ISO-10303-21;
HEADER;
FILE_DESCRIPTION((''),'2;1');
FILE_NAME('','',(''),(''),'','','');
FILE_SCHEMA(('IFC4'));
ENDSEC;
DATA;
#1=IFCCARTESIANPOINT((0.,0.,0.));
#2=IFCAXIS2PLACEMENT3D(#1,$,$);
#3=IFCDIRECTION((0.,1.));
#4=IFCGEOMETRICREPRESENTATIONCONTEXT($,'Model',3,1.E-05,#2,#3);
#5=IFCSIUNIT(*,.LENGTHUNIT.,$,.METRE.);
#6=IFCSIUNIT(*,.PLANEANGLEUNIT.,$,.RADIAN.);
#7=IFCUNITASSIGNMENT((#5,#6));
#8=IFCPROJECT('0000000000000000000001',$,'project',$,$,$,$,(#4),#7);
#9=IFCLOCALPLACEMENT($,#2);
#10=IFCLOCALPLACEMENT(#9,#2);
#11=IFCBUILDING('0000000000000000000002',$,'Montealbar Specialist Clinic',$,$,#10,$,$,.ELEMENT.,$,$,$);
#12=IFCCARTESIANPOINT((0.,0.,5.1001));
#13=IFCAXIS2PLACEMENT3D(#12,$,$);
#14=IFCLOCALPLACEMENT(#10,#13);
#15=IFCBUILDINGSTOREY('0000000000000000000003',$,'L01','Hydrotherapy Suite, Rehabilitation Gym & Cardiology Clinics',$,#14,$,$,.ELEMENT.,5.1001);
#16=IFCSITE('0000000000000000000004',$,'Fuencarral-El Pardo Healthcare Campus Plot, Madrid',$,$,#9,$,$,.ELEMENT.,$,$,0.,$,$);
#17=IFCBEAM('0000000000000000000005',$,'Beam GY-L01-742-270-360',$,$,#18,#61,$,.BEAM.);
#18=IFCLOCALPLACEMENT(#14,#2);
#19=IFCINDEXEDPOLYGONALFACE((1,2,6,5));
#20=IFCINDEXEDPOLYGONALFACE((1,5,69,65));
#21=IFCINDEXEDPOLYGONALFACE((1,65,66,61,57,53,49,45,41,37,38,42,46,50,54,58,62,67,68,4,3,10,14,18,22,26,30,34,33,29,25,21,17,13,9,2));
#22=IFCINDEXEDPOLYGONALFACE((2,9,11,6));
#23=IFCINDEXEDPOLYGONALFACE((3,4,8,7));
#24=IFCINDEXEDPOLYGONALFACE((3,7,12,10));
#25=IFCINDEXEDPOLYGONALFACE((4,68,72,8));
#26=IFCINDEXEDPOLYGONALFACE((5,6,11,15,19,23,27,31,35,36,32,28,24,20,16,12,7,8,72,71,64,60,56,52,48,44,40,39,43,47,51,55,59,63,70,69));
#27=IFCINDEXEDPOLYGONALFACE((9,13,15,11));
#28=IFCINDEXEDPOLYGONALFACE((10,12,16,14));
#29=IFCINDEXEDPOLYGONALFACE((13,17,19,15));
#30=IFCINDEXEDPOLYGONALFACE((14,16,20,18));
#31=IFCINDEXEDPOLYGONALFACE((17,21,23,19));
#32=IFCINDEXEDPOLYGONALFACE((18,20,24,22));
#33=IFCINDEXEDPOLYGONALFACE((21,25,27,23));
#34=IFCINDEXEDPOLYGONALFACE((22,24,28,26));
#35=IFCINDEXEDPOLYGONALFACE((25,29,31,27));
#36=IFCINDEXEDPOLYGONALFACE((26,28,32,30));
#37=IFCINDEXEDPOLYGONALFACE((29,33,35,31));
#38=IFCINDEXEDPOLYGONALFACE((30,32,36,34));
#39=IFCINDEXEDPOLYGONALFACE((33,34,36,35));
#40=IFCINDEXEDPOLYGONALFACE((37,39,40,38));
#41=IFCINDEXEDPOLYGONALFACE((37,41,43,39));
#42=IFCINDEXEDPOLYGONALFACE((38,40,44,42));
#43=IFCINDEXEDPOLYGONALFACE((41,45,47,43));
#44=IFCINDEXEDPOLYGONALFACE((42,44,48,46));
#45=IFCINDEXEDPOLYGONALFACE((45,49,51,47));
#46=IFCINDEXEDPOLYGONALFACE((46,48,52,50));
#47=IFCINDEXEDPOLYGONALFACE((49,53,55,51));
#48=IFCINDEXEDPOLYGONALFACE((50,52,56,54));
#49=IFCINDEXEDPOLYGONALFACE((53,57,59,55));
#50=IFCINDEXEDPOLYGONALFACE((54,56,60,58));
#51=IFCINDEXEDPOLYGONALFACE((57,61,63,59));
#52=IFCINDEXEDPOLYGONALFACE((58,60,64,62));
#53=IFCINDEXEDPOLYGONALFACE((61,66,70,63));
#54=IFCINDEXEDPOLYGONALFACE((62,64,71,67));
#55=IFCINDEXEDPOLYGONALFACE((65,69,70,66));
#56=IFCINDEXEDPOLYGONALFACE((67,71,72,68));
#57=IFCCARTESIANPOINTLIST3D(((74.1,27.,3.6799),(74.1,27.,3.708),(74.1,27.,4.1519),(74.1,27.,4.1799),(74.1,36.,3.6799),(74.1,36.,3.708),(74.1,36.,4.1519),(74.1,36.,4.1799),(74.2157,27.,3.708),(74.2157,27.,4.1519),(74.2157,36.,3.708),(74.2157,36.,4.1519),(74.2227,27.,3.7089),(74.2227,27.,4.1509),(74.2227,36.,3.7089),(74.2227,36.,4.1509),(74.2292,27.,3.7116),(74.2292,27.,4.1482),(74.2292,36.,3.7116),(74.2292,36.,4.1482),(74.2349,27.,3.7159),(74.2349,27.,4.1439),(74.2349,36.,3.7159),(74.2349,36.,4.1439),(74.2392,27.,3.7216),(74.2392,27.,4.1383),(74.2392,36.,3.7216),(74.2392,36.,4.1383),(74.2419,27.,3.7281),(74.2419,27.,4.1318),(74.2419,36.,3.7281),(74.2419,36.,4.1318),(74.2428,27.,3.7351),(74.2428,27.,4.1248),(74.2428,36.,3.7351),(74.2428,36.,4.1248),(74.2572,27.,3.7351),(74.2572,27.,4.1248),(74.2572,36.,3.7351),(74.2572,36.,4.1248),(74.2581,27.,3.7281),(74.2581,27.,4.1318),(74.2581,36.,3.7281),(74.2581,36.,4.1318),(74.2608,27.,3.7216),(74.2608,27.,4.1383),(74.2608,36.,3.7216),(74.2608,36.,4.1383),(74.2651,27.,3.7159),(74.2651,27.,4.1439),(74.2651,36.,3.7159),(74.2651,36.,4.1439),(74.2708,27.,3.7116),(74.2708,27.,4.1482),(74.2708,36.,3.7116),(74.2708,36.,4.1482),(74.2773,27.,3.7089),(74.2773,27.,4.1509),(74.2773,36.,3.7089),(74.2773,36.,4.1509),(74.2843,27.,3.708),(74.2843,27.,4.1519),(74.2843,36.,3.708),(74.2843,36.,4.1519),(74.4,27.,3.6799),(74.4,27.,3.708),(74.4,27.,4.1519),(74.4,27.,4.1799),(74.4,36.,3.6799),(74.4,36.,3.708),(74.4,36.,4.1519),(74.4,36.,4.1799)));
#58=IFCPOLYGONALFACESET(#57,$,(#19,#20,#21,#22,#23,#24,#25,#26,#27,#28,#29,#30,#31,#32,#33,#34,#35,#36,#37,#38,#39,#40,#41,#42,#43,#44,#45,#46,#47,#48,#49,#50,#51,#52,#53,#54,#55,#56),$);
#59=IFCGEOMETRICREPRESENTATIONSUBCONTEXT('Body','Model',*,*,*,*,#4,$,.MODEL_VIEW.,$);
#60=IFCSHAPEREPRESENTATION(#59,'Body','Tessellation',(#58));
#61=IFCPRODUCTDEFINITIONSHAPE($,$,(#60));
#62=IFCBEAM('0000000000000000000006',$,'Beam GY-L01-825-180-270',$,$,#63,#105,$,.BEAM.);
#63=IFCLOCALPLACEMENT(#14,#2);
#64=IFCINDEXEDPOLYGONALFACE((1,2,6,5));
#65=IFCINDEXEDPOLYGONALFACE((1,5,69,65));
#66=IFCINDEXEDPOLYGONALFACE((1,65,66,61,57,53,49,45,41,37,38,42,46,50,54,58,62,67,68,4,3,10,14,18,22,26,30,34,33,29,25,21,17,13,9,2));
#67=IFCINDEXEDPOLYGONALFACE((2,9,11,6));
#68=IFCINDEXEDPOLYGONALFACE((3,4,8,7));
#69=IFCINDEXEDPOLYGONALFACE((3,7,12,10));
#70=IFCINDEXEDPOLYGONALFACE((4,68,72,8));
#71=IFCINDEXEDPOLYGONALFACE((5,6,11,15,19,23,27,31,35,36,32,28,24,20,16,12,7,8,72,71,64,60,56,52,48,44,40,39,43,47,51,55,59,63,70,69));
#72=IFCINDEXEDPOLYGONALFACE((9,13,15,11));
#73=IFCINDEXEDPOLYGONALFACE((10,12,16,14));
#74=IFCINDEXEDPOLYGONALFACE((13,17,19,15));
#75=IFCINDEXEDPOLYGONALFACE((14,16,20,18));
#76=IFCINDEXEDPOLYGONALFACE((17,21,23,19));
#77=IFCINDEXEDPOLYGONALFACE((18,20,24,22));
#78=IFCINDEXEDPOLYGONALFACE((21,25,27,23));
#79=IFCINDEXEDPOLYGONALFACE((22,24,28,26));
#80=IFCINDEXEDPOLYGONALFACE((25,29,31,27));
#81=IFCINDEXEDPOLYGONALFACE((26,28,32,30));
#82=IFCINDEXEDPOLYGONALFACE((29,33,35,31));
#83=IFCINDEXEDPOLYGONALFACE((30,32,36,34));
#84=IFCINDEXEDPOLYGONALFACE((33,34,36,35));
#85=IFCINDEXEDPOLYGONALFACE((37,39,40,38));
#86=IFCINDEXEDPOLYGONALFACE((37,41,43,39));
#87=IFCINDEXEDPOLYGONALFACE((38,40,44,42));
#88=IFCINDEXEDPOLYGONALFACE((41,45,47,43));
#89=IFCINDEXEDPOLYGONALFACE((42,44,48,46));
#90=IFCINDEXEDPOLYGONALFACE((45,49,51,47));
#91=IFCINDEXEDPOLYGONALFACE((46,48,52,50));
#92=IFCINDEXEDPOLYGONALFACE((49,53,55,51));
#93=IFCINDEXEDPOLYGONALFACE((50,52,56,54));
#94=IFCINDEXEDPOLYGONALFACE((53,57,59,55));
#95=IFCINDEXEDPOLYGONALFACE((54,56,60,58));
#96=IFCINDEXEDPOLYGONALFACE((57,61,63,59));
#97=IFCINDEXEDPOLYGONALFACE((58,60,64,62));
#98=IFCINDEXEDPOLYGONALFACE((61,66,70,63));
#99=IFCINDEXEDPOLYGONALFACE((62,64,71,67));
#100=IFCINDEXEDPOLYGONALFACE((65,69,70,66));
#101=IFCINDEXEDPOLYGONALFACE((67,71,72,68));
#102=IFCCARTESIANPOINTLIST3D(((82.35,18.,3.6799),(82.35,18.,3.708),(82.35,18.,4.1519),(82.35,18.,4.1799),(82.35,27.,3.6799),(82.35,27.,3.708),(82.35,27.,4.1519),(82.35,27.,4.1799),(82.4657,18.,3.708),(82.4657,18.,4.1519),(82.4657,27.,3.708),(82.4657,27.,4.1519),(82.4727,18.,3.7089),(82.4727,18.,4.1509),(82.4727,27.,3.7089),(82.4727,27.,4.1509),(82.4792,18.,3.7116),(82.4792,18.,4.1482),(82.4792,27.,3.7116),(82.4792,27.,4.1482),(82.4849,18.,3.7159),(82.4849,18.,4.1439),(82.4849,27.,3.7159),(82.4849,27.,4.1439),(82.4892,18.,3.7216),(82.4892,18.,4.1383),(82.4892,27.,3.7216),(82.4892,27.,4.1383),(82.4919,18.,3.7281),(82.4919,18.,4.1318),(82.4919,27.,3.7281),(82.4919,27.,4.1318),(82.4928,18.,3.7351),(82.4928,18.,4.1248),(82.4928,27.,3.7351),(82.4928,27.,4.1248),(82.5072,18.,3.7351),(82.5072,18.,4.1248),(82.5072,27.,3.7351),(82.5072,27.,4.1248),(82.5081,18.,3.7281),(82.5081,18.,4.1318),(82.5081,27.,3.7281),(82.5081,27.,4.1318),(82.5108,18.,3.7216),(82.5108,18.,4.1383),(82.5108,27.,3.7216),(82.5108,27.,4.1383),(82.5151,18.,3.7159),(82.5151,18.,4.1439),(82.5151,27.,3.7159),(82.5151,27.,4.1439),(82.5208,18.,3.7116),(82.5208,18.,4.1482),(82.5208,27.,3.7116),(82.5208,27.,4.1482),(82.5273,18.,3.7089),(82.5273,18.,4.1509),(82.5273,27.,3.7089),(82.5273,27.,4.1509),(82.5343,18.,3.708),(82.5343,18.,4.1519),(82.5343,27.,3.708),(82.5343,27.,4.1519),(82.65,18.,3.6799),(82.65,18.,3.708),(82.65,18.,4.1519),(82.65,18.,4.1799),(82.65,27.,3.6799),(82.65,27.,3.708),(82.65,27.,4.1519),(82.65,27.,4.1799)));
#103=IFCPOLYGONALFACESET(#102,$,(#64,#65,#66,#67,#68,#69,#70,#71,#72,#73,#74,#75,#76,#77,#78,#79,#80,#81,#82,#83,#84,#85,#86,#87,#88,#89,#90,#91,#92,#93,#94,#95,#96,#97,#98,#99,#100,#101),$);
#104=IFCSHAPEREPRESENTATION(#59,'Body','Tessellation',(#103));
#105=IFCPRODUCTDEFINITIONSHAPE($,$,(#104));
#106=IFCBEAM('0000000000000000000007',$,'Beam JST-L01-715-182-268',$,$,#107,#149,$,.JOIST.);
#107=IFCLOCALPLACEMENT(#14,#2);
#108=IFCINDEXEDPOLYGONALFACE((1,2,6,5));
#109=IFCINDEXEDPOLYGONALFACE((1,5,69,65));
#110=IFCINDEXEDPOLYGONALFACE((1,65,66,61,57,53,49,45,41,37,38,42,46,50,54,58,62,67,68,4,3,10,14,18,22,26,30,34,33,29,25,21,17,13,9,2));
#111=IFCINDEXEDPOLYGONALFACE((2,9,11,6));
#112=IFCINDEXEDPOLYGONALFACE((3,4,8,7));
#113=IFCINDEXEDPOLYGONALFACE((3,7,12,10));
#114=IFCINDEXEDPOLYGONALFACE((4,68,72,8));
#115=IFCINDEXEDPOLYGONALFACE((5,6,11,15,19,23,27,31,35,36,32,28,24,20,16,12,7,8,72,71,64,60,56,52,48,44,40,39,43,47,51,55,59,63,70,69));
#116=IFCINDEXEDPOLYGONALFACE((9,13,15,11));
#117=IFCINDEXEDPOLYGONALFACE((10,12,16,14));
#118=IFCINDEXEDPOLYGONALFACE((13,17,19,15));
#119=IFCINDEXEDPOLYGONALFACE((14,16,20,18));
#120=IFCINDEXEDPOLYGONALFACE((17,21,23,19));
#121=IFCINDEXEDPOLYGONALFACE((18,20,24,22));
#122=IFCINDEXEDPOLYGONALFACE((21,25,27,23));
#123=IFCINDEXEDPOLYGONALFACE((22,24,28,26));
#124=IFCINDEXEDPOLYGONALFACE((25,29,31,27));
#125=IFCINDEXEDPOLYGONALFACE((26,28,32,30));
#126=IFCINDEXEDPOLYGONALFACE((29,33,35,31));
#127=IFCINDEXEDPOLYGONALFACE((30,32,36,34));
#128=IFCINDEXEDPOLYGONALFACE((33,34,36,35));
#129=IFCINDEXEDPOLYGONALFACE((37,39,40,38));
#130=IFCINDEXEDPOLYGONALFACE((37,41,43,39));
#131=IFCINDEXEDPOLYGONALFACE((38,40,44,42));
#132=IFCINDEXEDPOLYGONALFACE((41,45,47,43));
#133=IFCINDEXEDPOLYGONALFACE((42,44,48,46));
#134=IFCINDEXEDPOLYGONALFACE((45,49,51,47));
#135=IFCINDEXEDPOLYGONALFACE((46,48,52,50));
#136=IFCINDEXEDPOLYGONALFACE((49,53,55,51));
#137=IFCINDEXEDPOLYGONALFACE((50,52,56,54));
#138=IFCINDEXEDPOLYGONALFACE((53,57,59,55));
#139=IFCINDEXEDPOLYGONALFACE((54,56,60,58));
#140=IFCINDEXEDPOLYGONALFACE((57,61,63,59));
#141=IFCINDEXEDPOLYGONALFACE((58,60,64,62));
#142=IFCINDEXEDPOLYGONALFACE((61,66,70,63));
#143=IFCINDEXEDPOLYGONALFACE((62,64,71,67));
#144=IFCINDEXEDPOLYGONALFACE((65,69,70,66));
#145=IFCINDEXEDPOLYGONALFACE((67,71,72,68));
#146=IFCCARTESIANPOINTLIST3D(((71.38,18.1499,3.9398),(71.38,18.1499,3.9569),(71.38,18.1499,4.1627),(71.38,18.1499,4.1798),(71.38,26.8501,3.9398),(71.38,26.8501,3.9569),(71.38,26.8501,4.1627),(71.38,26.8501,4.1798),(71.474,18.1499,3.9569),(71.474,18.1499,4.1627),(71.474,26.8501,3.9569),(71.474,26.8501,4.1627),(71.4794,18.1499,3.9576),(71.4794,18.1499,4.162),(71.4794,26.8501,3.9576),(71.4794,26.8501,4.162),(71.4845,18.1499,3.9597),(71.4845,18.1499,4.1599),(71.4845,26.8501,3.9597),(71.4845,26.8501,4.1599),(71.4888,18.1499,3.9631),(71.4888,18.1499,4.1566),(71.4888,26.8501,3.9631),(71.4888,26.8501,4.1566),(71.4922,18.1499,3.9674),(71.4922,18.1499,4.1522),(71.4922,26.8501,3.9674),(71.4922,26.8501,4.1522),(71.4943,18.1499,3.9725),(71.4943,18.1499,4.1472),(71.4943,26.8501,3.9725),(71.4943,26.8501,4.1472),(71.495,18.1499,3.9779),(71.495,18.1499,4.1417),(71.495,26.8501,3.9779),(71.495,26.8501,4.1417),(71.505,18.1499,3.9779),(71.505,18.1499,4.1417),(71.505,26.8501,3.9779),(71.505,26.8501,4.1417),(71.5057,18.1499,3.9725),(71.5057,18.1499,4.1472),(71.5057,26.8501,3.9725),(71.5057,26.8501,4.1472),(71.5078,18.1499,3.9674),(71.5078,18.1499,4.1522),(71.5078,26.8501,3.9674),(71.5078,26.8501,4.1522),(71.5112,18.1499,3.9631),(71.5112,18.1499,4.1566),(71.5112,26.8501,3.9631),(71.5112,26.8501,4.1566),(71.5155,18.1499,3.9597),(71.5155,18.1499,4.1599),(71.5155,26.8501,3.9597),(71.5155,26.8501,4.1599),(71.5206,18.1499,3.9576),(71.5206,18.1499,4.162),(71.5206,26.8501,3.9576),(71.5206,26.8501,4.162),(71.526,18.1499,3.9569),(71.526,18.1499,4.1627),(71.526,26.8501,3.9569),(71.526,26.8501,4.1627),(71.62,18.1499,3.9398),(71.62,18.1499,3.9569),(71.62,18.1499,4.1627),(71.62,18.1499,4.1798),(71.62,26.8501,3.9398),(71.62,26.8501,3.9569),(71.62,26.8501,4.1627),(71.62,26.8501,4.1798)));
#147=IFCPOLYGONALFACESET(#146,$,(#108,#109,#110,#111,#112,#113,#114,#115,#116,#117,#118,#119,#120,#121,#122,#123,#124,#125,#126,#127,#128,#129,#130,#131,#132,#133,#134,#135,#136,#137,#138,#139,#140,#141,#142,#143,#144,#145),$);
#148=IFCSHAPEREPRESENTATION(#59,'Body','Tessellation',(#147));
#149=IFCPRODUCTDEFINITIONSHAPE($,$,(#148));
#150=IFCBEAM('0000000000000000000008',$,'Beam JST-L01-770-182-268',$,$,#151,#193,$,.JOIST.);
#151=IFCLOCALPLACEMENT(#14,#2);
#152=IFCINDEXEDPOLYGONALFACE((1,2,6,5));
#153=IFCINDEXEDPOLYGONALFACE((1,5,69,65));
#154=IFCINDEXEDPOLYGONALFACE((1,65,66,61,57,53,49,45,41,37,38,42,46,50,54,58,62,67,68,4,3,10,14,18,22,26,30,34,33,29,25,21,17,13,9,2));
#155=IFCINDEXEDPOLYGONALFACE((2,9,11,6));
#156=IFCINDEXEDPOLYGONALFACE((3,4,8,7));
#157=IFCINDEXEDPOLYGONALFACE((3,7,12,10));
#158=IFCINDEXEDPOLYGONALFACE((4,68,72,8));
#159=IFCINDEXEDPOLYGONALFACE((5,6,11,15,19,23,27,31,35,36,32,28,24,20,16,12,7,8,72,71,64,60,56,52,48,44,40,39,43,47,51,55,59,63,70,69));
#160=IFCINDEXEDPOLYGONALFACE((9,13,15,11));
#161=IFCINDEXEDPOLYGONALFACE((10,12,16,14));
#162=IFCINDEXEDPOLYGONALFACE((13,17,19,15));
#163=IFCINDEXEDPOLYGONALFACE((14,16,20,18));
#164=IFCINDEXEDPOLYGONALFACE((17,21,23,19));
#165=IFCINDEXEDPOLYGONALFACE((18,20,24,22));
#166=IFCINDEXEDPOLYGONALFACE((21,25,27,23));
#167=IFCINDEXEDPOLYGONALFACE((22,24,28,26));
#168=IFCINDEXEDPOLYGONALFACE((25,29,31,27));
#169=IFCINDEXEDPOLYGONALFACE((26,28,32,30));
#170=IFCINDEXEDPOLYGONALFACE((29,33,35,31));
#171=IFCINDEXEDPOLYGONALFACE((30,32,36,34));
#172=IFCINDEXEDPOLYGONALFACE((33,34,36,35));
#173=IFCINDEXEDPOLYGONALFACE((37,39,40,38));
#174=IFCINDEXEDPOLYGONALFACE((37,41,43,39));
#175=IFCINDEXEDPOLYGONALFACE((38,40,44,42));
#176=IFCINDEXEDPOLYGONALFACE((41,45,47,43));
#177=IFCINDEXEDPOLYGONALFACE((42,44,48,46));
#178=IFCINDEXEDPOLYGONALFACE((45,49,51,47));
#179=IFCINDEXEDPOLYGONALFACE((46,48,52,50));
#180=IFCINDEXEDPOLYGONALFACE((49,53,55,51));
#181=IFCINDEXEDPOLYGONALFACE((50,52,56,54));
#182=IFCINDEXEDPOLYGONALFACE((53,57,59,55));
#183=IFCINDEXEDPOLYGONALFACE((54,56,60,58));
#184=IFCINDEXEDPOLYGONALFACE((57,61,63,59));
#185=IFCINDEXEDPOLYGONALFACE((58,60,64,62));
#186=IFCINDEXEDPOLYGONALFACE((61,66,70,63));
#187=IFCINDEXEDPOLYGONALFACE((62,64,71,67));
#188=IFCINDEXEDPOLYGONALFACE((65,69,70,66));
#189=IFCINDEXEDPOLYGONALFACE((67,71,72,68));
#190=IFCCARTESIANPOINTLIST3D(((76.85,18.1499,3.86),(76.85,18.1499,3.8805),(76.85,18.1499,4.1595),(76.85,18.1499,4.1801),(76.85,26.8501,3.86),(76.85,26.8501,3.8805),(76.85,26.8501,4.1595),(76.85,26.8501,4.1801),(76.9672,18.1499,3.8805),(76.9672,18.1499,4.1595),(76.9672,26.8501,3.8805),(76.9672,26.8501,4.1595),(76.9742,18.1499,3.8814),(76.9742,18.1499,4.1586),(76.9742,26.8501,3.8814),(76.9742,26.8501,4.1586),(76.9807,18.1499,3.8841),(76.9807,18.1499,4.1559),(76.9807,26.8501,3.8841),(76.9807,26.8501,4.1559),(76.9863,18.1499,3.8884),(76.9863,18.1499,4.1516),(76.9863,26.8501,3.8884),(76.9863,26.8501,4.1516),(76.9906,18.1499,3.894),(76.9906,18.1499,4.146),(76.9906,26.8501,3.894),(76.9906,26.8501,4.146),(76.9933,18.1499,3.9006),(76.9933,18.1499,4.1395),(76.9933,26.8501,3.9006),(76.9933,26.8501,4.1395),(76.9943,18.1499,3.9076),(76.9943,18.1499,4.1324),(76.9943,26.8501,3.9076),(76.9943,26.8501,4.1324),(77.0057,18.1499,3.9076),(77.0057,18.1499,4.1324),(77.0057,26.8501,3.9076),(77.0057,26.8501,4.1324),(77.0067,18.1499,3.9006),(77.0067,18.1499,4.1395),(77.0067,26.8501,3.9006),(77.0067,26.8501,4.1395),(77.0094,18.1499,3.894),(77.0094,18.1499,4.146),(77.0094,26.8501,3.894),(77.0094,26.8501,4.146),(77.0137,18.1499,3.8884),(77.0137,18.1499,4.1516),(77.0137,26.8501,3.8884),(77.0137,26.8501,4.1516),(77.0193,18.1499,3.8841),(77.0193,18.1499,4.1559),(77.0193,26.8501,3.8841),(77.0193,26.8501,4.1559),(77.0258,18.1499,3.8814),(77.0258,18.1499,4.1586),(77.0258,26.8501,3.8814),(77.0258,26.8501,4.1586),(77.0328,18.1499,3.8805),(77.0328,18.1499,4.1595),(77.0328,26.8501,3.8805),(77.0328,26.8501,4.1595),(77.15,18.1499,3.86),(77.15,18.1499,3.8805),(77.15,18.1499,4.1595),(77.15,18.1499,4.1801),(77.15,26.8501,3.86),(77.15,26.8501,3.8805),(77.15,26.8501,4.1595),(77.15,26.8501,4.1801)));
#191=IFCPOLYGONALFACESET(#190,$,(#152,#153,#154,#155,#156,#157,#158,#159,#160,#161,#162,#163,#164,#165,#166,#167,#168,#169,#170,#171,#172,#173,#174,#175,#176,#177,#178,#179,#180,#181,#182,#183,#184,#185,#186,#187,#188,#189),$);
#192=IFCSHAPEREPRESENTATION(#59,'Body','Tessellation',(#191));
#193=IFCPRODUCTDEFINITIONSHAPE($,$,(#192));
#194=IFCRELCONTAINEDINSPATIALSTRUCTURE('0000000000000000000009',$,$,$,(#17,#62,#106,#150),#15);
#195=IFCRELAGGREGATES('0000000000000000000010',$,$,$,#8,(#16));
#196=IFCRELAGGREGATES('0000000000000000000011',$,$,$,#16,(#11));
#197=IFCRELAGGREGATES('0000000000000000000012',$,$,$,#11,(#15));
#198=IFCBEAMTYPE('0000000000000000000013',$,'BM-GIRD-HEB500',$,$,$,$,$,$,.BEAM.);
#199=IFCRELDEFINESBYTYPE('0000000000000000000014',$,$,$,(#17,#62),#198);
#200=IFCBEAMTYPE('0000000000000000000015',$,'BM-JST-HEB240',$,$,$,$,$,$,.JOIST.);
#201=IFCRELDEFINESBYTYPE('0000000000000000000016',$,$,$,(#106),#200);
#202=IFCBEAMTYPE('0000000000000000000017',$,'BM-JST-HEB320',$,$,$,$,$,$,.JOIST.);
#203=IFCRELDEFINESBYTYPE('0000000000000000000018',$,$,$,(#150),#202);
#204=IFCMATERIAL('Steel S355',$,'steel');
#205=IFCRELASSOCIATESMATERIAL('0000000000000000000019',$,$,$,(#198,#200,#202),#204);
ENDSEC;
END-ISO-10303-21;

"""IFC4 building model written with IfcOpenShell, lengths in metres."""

from ifc_helpers import new_model, si_unit, direction, frame, origin, origin_2d, place, context, subcontext, project, spatial, i_section, extrude, material, material_profile, profile_set, type_object, element, save


model = new_model("IFC4")

# Units and contexts
model_context = context("Model", 3, precision=1e-05, world=origin(), true_north=direction((0.0, 1.0)))
body_context = subcontext(model_context, "Body", "Model", "MODEL_VIEW")
ifc_project = project(units=[si_unit("LENGTHUNIT", "METRE"), si_unit("PLANEANGLEUNIT", "RADIAN")], contexts=[model_context])

# Site, building, storey
site_placement = place(None, origin())
site = spatial("IfcSite", under=ifc_project, at=site_placement, Name="Fuencarral-El Pardo Healthcare Campus Plot, Madrid", CompositionType="ELEMENT", RefElevation=0.0)
building_placement = place(site_placement, origin())
building = spatial("IfcBuilding", under=site, at=building_placement, Name="Montealbar Specialist Clinic", CompositionType="ELEMENT")
storey_placement = place(building_placement, frame((0.0, 0.0, 5.1001)))
storey = spatial("IfcBuildingStorey", under=building, at=storey_placement, Name="L01", Description="Hydrotherapy Suite, Rehabilitation Gym & Cardiology Clinics", CompositionType="ELEMENT", Elevation=5.1001)

# Shared definitions
ifc_material_1 = material(Name="Steel S355", Category="steel")

# Beams
ifc_material_profile_1 = material_profile(ifc_material_1, i_section(OverallWidth=0.3, OverallDepth=0.5, WebThickness=0.0144, FlangeThickness=0.0281, FilletRadius=0.0271, at=origin_2d()), Name="HEB 500", Category="steel")
ifc_profile_set_1 = profile_set([ifc_material_profile_1], Name="Steel S355")
beam_type_1 = type_object("IfcBeamType", Name="BM-GIRD-HEB500", PredefinedType="BEAM", material=ifc_profile_set_1)
for number, where, z_axis, x_axis, name in (
    (1, (74.25, 27.0, 3.9299), (0.0, 1.0, 0.0), (-1.0, 0.0, 0.0), "Beam GY-L01-742-270-360"),
    (2, (82.5, 18.0, 3.9299), (0.0, 1.0, 0.0), (-1.0, 0.0, 0.0), "Beam GY-L01-825-180-270"),
):
    element("IfcBeam", number, at=place(storey_placement, frame(where, z_axis=z_axis, x_axis=x_axis)), inside=storey, type_object=beam_type_1, Name=name, PredefinedType="BEAM", context=body_context, shape_type="SweptSolid", body=[
        extrude(i_section(OverallWidth=0.3, OverallDepth=0.5, WebThickness=0.0144, FlangeThickness=0.0281, FilletRadius=0.0271, at=origin_2d()), origin(), (0.0, 0.0, 1.0), 9.0),
    ])
ifc_material_profile_2 = material_profile(ifc_material_1, i_section(OverallWidth=0.24, OverallDepth=0.24, WebThickness=0.01, FlangeThickness=0.0171, FilletRadius=0.021, at=origin_2d()), Name="HEB 240", Category="steel")
ifc_profile_set_2 = profile_set([ifc_material_profile_2], Name="Steel S355")
beam_type_2 = type_object("IfcBeamType", Name="BM-JST-HEB240", PredefinedType="JOIST", material=ifc_profile_set_2)
beam_1_placement = place(storey_placement, frame((71.5, 18.1499, 4.0598), z_axis=(0.0, 1.0, 0.0), x_axis=(-1.0, 0.0, 0.0)))
element("IfcBeam", 3, at=beam_1_placement, inside=storey, type_object=beam_type_2, Name="Beam JST-L01-715-182-268", PredefinedType="JOIST", context=body_context, shape_type="SweptSolid", body=[
    extrude(i_section(OverallWidth=0.24, OverallDepth=0.24, WebThickness=0.01, FlangeThickness=0.0171, FilletRadius=0.021, at=origin_2d()), origin(), (0.0, 0.0, 1.0), 8.7002),
])
ifc_material_profile_3 = material_profile(ifc_material_1, i_section(OverallWidth=0.3, OverallDepth=0.3201, WebThickness=0.0115, FlangeThickness=0.0205, FilletRadius=0.0271, at=origin_2d()), Name="HEB 320", Category="steel")
ifc_profile_set_3 = profile_set([ifc_material_profile_3], Name="Steel S355")
beam_type_3 = type_object("IfcBeamType", Name="BM-JST-HEB320", PredefinedType="JOIST", material=ifc_profile_set_3)
beam_2_placement = place(storey_placement, frame((77.0, 18.1499, 4.02), z_axis=(0.0, 1.0, 0.0), x_axis=(-1.0, 0.0, 0.0)))
element("IfcBeam", 4, at=beam_2_placement, inside=storey, type_object=beam_type_3, Name="Beam JST-L01-770-182-268", PredefinedType="JOIST", context=body_context, shape_type="SweptSolid", body=[
    extrude(i_section(OverallWidth=0.3, OverallDepth=0.3201, WebThickness=0.0115, FlangeThickness=0.0205, FilletRadius=0.0271, at=origin_2d()), origin(), (0.0, 0.0, 1.0), 8.7002),
])

save(model, "model.ifc")
